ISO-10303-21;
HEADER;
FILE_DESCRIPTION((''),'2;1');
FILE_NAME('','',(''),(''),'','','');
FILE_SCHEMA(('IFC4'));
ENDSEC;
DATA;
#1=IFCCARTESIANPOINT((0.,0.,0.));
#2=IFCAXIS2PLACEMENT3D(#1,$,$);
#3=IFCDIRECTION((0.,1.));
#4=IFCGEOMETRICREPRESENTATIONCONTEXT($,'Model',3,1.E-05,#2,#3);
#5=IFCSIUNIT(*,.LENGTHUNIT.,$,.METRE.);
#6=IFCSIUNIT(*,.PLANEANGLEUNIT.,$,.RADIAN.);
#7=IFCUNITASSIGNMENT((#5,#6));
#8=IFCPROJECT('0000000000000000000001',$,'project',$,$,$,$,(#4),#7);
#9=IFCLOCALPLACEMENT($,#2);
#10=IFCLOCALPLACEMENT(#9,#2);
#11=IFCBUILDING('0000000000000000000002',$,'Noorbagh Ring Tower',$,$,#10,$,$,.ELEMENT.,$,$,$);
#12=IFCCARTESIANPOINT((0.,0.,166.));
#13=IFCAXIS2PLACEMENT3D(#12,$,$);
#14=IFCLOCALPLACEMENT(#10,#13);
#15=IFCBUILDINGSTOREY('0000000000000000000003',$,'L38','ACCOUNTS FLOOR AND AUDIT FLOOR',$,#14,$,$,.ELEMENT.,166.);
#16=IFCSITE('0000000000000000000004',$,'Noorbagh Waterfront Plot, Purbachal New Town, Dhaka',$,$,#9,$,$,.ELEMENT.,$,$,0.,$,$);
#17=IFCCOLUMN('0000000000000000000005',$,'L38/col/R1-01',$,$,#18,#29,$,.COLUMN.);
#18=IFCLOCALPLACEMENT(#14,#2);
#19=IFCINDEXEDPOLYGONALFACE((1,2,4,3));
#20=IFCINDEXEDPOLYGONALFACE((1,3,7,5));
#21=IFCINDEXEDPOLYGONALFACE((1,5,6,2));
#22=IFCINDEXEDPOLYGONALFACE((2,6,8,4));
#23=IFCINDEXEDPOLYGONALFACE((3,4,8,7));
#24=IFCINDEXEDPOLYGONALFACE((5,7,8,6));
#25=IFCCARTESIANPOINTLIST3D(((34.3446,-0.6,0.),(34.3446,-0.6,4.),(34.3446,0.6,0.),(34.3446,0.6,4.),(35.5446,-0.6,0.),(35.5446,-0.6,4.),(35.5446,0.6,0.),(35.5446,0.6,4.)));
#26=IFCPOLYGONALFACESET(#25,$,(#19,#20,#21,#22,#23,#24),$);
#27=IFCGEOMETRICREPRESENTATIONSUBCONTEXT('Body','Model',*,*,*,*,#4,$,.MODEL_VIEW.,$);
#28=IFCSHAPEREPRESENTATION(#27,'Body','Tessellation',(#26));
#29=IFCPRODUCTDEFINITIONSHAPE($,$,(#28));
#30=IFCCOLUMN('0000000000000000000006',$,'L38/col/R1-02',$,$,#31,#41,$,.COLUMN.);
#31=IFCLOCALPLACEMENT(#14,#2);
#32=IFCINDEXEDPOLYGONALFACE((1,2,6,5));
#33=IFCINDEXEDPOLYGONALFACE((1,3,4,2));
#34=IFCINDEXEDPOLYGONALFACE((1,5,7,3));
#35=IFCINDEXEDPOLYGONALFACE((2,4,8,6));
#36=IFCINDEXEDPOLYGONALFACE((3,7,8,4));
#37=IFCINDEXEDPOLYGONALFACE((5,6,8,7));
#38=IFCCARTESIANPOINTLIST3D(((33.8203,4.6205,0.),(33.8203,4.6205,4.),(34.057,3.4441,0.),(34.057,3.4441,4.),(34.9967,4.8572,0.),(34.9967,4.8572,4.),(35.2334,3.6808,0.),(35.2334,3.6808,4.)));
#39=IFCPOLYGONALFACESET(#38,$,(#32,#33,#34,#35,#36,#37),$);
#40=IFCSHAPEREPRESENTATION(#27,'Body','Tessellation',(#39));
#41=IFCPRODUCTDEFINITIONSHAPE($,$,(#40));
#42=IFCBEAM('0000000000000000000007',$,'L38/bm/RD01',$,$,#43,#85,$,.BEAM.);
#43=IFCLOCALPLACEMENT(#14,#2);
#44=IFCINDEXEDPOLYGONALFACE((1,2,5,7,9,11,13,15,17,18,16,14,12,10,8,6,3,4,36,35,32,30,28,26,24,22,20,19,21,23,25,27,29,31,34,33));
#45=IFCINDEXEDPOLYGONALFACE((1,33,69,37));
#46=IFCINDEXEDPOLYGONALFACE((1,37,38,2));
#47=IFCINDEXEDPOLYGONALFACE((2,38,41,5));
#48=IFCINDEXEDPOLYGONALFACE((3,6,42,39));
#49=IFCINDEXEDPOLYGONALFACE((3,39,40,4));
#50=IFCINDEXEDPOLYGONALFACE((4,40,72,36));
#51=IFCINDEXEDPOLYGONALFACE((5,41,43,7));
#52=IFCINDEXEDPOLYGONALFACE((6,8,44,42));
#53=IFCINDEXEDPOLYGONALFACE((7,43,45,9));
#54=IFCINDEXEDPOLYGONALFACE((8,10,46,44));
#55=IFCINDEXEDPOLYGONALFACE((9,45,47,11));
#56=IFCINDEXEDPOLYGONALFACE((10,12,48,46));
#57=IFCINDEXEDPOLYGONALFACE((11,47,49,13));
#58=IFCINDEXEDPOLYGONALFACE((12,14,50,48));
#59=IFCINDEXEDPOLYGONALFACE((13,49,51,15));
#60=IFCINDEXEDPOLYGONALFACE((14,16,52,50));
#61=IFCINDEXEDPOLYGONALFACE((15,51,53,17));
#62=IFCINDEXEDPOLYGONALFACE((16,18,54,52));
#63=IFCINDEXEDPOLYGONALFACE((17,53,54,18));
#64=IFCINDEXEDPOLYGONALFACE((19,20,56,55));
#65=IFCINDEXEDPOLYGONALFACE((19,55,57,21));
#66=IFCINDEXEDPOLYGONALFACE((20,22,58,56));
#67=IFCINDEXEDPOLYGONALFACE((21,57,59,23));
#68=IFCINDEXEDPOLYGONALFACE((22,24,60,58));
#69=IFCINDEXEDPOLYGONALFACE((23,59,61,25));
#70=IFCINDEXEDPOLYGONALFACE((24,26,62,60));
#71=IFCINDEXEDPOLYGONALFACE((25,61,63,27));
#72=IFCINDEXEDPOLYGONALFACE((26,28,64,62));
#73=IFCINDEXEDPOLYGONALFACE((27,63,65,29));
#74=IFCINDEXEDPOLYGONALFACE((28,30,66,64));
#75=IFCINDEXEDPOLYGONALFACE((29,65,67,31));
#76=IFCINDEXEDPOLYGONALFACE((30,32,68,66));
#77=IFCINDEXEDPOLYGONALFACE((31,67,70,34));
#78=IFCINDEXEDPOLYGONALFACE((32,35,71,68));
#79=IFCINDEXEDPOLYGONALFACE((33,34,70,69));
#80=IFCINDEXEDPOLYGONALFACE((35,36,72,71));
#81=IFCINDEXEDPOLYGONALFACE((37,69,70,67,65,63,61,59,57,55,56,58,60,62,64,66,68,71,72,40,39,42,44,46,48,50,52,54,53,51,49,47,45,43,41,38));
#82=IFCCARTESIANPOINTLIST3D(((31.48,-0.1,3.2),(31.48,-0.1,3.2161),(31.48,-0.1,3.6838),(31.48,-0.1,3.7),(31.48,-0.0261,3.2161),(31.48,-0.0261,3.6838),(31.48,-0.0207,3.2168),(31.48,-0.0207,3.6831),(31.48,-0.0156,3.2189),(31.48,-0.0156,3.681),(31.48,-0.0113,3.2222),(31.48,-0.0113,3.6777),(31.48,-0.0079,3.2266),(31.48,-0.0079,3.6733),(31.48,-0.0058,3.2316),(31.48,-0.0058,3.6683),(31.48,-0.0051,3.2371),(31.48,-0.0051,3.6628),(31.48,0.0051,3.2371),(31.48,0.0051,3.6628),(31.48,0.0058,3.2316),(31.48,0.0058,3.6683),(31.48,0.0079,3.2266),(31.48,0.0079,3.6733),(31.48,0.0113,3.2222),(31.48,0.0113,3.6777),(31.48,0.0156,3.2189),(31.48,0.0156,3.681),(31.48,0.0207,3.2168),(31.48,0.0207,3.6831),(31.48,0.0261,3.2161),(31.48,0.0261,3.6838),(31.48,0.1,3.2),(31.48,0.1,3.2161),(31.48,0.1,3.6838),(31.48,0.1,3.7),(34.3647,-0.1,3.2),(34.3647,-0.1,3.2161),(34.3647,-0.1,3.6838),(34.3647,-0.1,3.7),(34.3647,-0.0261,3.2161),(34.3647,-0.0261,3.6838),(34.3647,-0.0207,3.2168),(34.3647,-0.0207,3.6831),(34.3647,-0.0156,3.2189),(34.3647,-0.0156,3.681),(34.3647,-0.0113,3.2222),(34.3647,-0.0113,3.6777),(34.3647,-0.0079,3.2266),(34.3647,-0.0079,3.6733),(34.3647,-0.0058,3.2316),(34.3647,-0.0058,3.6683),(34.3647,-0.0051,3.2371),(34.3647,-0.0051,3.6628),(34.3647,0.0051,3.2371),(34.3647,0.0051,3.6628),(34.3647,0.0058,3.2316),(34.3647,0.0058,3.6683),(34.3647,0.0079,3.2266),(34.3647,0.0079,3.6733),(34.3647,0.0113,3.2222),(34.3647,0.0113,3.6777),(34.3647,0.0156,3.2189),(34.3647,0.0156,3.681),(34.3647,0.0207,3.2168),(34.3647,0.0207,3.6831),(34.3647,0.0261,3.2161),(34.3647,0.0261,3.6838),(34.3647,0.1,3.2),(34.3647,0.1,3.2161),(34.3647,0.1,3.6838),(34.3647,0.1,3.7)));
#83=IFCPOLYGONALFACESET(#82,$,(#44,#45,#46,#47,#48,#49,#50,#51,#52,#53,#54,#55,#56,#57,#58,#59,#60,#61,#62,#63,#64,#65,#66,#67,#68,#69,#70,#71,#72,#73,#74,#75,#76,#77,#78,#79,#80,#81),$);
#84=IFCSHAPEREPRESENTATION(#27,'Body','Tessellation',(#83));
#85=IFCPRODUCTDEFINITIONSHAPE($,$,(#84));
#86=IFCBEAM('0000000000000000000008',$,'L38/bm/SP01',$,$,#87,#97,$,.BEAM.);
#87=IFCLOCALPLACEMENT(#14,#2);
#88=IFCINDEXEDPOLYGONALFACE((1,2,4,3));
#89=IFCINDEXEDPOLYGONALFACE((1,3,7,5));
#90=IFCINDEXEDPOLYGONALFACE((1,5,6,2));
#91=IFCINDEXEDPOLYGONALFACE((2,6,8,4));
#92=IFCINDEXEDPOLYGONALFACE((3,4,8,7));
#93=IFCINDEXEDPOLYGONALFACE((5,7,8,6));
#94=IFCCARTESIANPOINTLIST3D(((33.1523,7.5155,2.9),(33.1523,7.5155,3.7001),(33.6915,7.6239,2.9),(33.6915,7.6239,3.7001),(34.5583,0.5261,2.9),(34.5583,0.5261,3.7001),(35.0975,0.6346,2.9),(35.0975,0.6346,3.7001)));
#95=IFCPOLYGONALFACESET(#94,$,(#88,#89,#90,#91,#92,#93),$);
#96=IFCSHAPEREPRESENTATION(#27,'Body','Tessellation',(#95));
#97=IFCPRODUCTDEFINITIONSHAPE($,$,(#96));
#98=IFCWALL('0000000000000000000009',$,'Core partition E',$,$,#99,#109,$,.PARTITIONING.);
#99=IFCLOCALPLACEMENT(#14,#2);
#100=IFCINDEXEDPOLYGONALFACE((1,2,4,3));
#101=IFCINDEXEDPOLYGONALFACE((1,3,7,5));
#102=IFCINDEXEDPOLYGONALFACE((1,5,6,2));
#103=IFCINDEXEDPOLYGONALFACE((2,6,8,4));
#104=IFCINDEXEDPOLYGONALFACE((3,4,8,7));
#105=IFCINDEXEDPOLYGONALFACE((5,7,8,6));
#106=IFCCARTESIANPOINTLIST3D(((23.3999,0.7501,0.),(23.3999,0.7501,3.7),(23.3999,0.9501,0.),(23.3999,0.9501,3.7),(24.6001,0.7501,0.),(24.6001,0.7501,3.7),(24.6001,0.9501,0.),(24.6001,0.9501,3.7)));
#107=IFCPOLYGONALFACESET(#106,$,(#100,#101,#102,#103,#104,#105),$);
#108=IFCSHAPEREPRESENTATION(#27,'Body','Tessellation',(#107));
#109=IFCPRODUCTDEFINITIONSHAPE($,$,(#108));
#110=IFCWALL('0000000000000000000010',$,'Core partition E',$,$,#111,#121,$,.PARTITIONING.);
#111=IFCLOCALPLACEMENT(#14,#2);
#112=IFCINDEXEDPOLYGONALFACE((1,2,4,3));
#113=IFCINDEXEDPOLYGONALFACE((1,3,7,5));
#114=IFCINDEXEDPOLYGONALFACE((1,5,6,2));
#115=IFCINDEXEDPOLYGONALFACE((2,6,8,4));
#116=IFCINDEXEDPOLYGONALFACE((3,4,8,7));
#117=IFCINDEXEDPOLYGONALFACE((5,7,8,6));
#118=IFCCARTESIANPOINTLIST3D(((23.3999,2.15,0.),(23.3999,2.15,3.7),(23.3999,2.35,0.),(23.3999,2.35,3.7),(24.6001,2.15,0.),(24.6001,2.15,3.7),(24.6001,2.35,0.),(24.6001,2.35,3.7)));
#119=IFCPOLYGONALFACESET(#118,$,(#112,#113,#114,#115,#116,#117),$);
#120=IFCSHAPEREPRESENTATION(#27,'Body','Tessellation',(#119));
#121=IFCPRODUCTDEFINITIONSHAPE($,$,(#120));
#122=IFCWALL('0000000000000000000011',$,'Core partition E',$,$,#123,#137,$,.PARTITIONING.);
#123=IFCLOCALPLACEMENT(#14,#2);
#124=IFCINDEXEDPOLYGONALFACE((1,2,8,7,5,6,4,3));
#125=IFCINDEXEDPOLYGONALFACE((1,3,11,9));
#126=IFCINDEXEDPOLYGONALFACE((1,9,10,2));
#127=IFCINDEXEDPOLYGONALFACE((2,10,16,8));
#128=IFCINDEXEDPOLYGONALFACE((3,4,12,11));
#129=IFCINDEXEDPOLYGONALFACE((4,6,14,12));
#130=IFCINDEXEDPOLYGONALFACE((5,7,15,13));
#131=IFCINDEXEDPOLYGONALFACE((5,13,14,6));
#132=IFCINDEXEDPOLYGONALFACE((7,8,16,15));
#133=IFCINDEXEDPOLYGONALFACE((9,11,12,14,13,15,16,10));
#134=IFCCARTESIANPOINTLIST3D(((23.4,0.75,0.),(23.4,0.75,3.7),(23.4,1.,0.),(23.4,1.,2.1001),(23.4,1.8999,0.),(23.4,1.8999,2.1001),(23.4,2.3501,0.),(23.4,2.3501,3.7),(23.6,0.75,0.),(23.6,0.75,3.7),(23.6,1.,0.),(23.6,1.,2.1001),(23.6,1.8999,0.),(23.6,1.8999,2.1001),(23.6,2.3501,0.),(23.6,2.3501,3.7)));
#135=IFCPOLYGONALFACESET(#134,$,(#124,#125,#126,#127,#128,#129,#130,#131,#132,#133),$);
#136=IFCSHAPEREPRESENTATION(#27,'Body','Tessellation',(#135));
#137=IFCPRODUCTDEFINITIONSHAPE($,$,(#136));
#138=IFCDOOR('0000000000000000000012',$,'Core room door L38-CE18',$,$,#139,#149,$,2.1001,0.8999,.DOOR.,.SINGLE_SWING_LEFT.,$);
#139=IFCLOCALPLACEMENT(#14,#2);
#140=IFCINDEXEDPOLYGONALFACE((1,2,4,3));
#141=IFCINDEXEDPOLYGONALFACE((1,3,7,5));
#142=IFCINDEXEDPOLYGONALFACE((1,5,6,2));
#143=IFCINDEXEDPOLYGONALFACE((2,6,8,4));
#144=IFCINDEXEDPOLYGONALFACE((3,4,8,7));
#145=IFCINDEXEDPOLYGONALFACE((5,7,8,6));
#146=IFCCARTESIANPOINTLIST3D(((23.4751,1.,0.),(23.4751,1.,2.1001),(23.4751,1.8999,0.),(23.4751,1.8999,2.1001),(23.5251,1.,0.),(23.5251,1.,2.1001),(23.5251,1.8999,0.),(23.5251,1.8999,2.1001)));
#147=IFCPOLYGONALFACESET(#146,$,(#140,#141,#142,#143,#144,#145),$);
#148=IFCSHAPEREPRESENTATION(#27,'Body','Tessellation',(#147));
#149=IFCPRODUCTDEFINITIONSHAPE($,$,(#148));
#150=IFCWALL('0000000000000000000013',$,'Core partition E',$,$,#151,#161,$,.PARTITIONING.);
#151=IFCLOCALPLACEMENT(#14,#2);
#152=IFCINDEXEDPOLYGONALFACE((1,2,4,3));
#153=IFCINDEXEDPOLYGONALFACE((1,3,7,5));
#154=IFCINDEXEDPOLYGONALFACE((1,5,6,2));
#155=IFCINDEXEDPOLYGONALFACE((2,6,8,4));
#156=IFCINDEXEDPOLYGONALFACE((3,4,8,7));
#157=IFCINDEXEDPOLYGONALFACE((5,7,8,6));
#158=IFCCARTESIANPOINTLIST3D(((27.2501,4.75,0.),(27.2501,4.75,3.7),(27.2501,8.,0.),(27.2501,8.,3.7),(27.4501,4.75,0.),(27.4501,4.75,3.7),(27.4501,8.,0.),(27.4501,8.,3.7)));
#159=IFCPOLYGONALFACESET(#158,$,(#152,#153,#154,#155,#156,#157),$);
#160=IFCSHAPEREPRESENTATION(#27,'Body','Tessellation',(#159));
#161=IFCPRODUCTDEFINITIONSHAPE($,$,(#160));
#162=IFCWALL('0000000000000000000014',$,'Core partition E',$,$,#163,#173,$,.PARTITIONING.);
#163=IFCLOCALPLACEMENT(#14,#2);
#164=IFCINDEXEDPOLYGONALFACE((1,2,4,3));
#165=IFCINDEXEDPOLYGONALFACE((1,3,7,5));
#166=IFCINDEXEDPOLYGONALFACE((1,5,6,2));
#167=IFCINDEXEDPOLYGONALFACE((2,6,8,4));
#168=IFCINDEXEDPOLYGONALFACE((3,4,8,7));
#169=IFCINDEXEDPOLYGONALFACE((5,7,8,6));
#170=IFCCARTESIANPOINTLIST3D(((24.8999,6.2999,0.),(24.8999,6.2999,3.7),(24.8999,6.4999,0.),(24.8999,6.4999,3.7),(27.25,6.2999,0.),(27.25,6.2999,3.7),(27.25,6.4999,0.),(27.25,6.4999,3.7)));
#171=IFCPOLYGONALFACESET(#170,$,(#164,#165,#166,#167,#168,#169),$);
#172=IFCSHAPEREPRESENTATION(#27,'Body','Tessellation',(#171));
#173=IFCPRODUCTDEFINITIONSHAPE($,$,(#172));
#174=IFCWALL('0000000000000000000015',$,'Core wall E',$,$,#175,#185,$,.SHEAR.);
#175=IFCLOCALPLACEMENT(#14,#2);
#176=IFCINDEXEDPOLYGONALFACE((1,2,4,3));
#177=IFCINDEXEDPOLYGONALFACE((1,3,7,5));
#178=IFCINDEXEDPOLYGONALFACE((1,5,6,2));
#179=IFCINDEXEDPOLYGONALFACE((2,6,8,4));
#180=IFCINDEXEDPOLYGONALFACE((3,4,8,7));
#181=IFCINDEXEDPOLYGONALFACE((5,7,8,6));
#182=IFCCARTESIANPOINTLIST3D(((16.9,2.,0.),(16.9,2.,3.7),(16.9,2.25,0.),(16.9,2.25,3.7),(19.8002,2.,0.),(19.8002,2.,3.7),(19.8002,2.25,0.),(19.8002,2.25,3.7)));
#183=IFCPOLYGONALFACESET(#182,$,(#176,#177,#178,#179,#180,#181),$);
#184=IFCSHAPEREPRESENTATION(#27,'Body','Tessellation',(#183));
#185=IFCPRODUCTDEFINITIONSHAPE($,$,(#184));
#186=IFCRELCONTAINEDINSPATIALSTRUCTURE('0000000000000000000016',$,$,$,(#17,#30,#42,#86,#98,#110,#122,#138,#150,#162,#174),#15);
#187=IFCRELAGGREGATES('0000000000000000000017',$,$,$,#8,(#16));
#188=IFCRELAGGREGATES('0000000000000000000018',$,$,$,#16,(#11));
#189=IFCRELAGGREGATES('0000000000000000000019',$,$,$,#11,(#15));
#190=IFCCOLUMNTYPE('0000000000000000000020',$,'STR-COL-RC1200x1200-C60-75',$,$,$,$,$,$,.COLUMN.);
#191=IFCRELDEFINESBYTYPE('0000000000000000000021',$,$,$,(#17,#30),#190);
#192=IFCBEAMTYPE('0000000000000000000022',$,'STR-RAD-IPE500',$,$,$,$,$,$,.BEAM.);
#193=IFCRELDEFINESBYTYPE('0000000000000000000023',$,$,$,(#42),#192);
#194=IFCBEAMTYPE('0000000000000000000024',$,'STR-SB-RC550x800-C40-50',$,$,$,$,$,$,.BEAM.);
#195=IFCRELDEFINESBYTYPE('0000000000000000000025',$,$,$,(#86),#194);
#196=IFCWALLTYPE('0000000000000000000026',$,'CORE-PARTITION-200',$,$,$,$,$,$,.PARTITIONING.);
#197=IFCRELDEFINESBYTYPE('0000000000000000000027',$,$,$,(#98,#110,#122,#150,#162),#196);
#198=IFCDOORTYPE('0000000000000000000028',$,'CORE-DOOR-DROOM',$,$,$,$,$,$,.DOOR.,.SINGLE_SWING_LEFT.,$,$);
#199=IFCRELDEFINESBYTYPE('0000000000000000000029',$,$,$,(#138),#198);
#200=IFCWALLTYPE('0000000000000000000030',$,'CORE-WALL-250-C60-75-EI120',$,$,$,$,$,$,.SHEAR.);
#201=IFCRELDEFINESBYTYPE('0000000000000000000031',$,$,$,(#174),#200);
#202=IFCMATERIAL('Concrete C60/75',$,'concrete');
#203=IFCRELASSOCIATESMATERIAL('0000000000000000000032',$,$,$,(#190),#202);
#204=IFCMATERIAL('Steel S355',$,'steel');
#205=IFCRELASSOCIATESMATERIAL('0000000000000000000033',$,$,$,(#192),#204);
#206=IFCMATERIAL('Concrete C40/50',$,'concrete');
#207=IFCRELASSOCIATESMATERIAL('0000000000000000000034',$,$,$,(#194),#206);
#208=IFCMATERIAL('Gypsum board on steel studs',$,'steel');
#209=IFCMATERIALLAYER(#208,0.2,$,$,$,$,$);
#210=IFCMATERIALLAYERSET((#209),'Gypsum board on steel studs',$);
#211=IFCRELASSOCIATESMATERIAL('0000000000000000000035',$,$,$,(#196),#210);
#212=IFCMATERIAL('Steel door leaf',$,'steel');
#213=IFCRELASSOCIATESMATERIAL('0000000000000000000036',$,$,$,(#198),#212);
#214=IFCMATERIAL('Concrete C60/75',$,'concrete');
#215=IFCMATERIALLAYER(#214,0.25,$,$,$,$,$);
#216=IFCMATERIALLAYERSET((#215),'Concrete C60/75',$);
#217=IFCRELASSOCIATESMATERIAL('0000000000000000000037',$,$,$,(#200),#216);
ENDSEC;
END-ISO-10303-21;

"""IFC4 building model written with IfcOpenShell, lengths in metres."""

from ifc_helpers import new_model, si_unit, direction, frame, frame_2d, origin, origin_2d, place, context, subcontext, project, spatial, rectangle, i_section, extrude, material, layer, layer_set, material_profile, profile_set, type_object, element, fill, save


model = new_model("IFC4")

# Units and contexts
model_context = context("Model", 3, precision=1e-05, world=origin(), true_north=direction((0.0, 1.0)))
body_context = subcontext(model_context, "Body", "Model", "MODEL_VIEW")
ifc_project = project(units=[si_unit("LENGTHUNIT", "METRE"), si_unit("PLANEANGLEUNIT", "RADIAN")], contexts=[model_context])

# Site, building, storey
site_placement = place(None, origin())
site = spatial("IfcSite", under=ifc_project, at=site_placement, Name="Noorbagh Waterfront Plot, Purbachal New Town, Dhaka", CompositionType="ELEMENT", RefElevation=0.0)
building_placement = place(site_placement, origin())
building = spatial("IfcBuilding", under=site, at=building_placement, Name="Noorbagh Ring Tower", CompositionType="ELEMENT")
storey_placement = place(building_placement, frame((0.0, 0.0, 166.0)))
storey = spatial("IfcBuildingStorey", under=building, at=storey_placement, Name="L38", Description="ACCOUNTS FLOOR AND AUDIT FLOOR", CompositionType="ELEMENT", Elevation=166.0)

# Columns
ifc_material_1 = material(Name="Concrete C60/75", Category="concrete")
ifc_material_profile_1 = material_profile(ifc_material_1, rectangle(XDim=1.2, YDim=1.2, at=origin_2d()), Name="RC1200x1200")
ifc_profile_set_1 = profile_set([ifc_material_profile_1], Name="Concrete C60/75")
column_type = type_object("IfcColumnType", Name="STR-COL-RC1200x1200-C60-75", PredefinedType="COLUMN", material=ifc_profile_set_1)
for number, where, z_axis, x_axis, name in (
    (1, (34.9446, 0.0, 0.0), (0.0, 0.0, 1.0), (0.0, 1.0, 0.0), "L38/col/R1-01"),
    (2, (34.5269, 4.1506, 0.0), (0.0, 0.0, 1.0), (-0.19723, 0.980357, 0.0), "L38/col/R1-02"),
):
    element("IfcColumn", number, at=place(storey_placement, frame(where, z_axis=z_axis, x_axis=x_axis)), inside=storey, type_object=column_type, Name=name, PredefinedType="COLUMN", context=body_context, shape_type="SweptSolid", body=[
        extrude(rectangle(XDim=1.2, YDim=1.2, at=origin_2d()), origin(), (0.0, 0.0, 1.0), 4.0),
    ])

# Beams
ifc_material_2 = material(Name="Steel S355", Category="steel")
ifc_material_profile_2 = material_profile(ifc_material_2, i_section(OverallWidth=0.2, OverallDepth=0.5, WebThickness=0.0103, FlangeThickness=0.0161, FilletRadius=0.021, at=origin_2d()), Name="IPE500")
ifc_profile_set_2 = profile_set([ifc_material_profile_2], Name="Steel S355")
beam_type_1 = type_object("IfcBeamType", Name="STR-RAD-IPE500", PredefinedType="BEAM", material=ifc_profile_set_2)
beam_1_placement = place(storey_placement, frame((34.3647, 0.0, 3.45), z_axis=(-1.0, 0.0, 0.0), x_axis=(0.0, -1.0, 0.0)))
element("IfcBeam", 3, at=beam_1_placement, inside=storey, type_object=beam_type_1, Name="L38/bm/RD01", PredefinedType="BEAM", context=body_context, shape_type="SweptSolid", body=[
    extrude(i_section(OverallWidth=0.2, OverallDepth=0.5, WebThickness=0.0103, FlangeThickness=0.0161, FilletRadius=0.021, at=origin_2d()), origin(), (0.0, 0.0, 1.0), 2.8848),
])
ifc_material_3 = material(Name="Concrete C40/50", Category="concrete")
ifc_material_profile_3 = material_profile(ifc_material_3, rectangle(XDim=0.55, YDim=0.8, at=origin_2d()), Name="RC550x800")
ifc_profile_set_3 = profile_set([ifc_material_profile_3], Name="Concrete C40/50")
beam_type_2 = type_object("IfcBeamType", Name="STR-SB-RC550x800-C40-50", PredefinedType="BEAM", material=ifc_profile_set_3)
beam_2_placement = place(storey_placement, frame((34.8279, 0.5803, 3.3), z_axis=(-0.197209, 0.980361, 0.0), x_axis=(-0.980361, -0.197209, 0.0)))
element("IfcBeam", 4, at=beam_2_placement, inside=storey, type_object=beam_type_2, Name="L38/bm/SP01", PredefinedType="BEAM", context=body_context, shape_type="SweptSolid", body=[
    extrude(rectangle(XDim=0.55, YDim=0.8, at=origin_2d()), origin(), (0.0, 0.0, 1.0), 7.1294),
])

# Walls
ifc_material_4 = material(Name="Gypsum board on steel studs", Category="steel")
ifc_layer_1 = layer(ifc_material_4, 0.2)
ifc_layer_set_1 = layer_set([ifc_layer_1], Name="Gypsum board on steel studs")
wall_type_1 = type_object("IfcWallType", Name="CORE-PARTITION-200", PredefinedType="PARTITIONING", material=ifc_layer_set_1)
for number, where, z_axis, x_axis, name in (
    (5, (23.3999, 0.8501, 0.0), (0.0, 0.0, 1.0), (1.0, 0.0, 0.0), "Core partition E"),
    (6, (23.3999, 2.25, 0.0), (0.0, 0.0, 1.0), (1.0, 0.0, 0.0), "Core partition E"),
):
    element("IfcWall", number, at=place(storey_placement, frame(where, z_axis=z_axis, x_axis=x_axis)), inside=storey, type_object=wall_type_1, Name=name, PredefinedType="PARTITIONING", context=body_context, shape_type="SweptSolid", body=[
        extrude(rectangle(XDim=1.2002, YDim=0.2, at=frame_2d((0.6001, 0.0))), origin(), (0.0, 0.0, 1.0), 3.7),
    ])

# Wall, opening, door
wall_1_placement = place(storey_placement, frame((23.5, 0.75, 0.0), z_axis=(0.0, 0.0, 1.0), x_axis=(0.0, 1.0, 0.0)))
wall_1 = element("IfcWall", 7, at=wall_1_placement, inside=storey, type_object=wall_type_1, Name="Core partition E", PredefinedType="PARTITIONING", context=body_context, shape_type="SweptSolid", body=[
    extrude(rectangle(XDim=1.6001, YDim=0.2, at=frame_2d((0.8, 0.0))), origin(), (0.0, 0.0, 1.0), 3.7),
])
opening_1_placement = place(wall_1_placement, frame((0.25, 0.0, 0.0)))
opening_1 = element("IfcOpeningElement", 8, at=opening_1_placement, cuts=wall_1, PredefinedType="OPENING", context=body_context, shape_type="SweptSolid", body=[
    extrude(rectangle(XDim=0.8999, YDim=2.1001, at=frame_2d((0.45, 1.05))), frame((0.0, 0.1099, 0.0), z_axis=(0.0, -1.0, 0.0), x_axis=(1.0, 0.0, 0.0)), (0.0, 0.0, 1.0), 0.22),
])
ifc_material_5 = material(Name="Steel door leaf", Category="steel")
door_type_1 = type_object("IfcDoorType", Name="CORE-DOOR-DROOM", OperationType="SINGLE_SWING_LEFT", PredefinedType="DOOR", material=ifc_material_5)
door_1_placement = place(opening_1_placement, origin())
door_1 = element("IfcDoor", 9, at=door_1_placement, inside=storey, type_object=door_type_1, Name="Core room door L38-CE18", OperationType="SINGLE_SWING_LEFT", OverallHeight=2.1001, OverallWidth=0.8999, PredefinedType="DOOR", context=body_context, shape_type="SweptSolid", body=[
    extrude(rectangle(XDim=0.8999, YDim=2.1001, at=frame_2d((0.45, 1.05))), frame((0.0, 0.0249, 0.0), z_axis=(0.0, -1.0, 0.0), x_axis=(1.0, 0.0, 0.0)), (0.0, 0.0, 1.0), 0.05),
])
fill(opening_1, door_1)

# Walls
wall_2_placement = place(storey_placement, frame((27.3501, 4.75, 0.0), z_axis=(0.0, 0.0, 1.0), x_axis=(0.0, 1.0, 0.0)))
element("IfcWall", 10, at=wall_2_placement, inside=storey, type_object=wall_type_1, Name="Core partition E", PredefinedType="PARTITIONING", context=body_context, shape_type="SweptSolid", body=[
    extrude(rectangle(XDim=3.25, YDim=0.2, at=frame_2d((1.625, 0.0))), origin(), (0.0, 0.0, 1.0), 3.7),
])
wall_3_placement = place(storey_placement, frame((24.8999, 6.3999, 0.0), z_axis=(0.0, 0.0, 1.0), x_axis=(1.0, 0.0, 0.0)))
element("IfcWall", 11, at=wall_3_placement, inside=storey, type_object=wall_type_1, Name="Core partition E", PredefinedType="PARTITIONING", context=body_context, shape_type="SweptSolid", body=[
    extrude(rectangle(XDim=2.3501, YDim=0.2, at=frame_2d((1.175, 0.0))), origin(), (0.0, 0.0, 1.0), 3.7),
])
ifc_material_6 = material(Name="Concrete C60/75", Category="concrete")
ifc_layer_2 = layer(ifc_material_6, 0.25)
ifc_layer_set_2 = layer_set([ifc_layer_2], Name="Concrete C60/75")
wall_type_2 = type_object("IfcWallType", Name="CORE-WALL-250-C60-75-EI120", PredefinedType="SHEAR", material=ifc_layer_set_2)
for number, where, z_axis, x_axis, name in (
    (12, (16.8999, 2.125, 0.0), (0.0, 0.0, 1.0), (1.0, 0.0, 0.0), "Core wall E"),
):
    element("IfcWall", number, at=place(storey_placement, frame(where, z_axis=z_axis, x_axis=x_axis)), inside=storey, type_object=wall_type_2, Name=name, PredefinedType="SHEAR", context=body_context, shape_type="SweptSolid", body=[
        extrude(rectangle(XDim=2.9001, YDim=0.25, at=frame_2d((1.4502, 0.0))), origin(), (0.0, 0.0, 1.0), 3.7),
    ])

save(model, "model.ifc")
